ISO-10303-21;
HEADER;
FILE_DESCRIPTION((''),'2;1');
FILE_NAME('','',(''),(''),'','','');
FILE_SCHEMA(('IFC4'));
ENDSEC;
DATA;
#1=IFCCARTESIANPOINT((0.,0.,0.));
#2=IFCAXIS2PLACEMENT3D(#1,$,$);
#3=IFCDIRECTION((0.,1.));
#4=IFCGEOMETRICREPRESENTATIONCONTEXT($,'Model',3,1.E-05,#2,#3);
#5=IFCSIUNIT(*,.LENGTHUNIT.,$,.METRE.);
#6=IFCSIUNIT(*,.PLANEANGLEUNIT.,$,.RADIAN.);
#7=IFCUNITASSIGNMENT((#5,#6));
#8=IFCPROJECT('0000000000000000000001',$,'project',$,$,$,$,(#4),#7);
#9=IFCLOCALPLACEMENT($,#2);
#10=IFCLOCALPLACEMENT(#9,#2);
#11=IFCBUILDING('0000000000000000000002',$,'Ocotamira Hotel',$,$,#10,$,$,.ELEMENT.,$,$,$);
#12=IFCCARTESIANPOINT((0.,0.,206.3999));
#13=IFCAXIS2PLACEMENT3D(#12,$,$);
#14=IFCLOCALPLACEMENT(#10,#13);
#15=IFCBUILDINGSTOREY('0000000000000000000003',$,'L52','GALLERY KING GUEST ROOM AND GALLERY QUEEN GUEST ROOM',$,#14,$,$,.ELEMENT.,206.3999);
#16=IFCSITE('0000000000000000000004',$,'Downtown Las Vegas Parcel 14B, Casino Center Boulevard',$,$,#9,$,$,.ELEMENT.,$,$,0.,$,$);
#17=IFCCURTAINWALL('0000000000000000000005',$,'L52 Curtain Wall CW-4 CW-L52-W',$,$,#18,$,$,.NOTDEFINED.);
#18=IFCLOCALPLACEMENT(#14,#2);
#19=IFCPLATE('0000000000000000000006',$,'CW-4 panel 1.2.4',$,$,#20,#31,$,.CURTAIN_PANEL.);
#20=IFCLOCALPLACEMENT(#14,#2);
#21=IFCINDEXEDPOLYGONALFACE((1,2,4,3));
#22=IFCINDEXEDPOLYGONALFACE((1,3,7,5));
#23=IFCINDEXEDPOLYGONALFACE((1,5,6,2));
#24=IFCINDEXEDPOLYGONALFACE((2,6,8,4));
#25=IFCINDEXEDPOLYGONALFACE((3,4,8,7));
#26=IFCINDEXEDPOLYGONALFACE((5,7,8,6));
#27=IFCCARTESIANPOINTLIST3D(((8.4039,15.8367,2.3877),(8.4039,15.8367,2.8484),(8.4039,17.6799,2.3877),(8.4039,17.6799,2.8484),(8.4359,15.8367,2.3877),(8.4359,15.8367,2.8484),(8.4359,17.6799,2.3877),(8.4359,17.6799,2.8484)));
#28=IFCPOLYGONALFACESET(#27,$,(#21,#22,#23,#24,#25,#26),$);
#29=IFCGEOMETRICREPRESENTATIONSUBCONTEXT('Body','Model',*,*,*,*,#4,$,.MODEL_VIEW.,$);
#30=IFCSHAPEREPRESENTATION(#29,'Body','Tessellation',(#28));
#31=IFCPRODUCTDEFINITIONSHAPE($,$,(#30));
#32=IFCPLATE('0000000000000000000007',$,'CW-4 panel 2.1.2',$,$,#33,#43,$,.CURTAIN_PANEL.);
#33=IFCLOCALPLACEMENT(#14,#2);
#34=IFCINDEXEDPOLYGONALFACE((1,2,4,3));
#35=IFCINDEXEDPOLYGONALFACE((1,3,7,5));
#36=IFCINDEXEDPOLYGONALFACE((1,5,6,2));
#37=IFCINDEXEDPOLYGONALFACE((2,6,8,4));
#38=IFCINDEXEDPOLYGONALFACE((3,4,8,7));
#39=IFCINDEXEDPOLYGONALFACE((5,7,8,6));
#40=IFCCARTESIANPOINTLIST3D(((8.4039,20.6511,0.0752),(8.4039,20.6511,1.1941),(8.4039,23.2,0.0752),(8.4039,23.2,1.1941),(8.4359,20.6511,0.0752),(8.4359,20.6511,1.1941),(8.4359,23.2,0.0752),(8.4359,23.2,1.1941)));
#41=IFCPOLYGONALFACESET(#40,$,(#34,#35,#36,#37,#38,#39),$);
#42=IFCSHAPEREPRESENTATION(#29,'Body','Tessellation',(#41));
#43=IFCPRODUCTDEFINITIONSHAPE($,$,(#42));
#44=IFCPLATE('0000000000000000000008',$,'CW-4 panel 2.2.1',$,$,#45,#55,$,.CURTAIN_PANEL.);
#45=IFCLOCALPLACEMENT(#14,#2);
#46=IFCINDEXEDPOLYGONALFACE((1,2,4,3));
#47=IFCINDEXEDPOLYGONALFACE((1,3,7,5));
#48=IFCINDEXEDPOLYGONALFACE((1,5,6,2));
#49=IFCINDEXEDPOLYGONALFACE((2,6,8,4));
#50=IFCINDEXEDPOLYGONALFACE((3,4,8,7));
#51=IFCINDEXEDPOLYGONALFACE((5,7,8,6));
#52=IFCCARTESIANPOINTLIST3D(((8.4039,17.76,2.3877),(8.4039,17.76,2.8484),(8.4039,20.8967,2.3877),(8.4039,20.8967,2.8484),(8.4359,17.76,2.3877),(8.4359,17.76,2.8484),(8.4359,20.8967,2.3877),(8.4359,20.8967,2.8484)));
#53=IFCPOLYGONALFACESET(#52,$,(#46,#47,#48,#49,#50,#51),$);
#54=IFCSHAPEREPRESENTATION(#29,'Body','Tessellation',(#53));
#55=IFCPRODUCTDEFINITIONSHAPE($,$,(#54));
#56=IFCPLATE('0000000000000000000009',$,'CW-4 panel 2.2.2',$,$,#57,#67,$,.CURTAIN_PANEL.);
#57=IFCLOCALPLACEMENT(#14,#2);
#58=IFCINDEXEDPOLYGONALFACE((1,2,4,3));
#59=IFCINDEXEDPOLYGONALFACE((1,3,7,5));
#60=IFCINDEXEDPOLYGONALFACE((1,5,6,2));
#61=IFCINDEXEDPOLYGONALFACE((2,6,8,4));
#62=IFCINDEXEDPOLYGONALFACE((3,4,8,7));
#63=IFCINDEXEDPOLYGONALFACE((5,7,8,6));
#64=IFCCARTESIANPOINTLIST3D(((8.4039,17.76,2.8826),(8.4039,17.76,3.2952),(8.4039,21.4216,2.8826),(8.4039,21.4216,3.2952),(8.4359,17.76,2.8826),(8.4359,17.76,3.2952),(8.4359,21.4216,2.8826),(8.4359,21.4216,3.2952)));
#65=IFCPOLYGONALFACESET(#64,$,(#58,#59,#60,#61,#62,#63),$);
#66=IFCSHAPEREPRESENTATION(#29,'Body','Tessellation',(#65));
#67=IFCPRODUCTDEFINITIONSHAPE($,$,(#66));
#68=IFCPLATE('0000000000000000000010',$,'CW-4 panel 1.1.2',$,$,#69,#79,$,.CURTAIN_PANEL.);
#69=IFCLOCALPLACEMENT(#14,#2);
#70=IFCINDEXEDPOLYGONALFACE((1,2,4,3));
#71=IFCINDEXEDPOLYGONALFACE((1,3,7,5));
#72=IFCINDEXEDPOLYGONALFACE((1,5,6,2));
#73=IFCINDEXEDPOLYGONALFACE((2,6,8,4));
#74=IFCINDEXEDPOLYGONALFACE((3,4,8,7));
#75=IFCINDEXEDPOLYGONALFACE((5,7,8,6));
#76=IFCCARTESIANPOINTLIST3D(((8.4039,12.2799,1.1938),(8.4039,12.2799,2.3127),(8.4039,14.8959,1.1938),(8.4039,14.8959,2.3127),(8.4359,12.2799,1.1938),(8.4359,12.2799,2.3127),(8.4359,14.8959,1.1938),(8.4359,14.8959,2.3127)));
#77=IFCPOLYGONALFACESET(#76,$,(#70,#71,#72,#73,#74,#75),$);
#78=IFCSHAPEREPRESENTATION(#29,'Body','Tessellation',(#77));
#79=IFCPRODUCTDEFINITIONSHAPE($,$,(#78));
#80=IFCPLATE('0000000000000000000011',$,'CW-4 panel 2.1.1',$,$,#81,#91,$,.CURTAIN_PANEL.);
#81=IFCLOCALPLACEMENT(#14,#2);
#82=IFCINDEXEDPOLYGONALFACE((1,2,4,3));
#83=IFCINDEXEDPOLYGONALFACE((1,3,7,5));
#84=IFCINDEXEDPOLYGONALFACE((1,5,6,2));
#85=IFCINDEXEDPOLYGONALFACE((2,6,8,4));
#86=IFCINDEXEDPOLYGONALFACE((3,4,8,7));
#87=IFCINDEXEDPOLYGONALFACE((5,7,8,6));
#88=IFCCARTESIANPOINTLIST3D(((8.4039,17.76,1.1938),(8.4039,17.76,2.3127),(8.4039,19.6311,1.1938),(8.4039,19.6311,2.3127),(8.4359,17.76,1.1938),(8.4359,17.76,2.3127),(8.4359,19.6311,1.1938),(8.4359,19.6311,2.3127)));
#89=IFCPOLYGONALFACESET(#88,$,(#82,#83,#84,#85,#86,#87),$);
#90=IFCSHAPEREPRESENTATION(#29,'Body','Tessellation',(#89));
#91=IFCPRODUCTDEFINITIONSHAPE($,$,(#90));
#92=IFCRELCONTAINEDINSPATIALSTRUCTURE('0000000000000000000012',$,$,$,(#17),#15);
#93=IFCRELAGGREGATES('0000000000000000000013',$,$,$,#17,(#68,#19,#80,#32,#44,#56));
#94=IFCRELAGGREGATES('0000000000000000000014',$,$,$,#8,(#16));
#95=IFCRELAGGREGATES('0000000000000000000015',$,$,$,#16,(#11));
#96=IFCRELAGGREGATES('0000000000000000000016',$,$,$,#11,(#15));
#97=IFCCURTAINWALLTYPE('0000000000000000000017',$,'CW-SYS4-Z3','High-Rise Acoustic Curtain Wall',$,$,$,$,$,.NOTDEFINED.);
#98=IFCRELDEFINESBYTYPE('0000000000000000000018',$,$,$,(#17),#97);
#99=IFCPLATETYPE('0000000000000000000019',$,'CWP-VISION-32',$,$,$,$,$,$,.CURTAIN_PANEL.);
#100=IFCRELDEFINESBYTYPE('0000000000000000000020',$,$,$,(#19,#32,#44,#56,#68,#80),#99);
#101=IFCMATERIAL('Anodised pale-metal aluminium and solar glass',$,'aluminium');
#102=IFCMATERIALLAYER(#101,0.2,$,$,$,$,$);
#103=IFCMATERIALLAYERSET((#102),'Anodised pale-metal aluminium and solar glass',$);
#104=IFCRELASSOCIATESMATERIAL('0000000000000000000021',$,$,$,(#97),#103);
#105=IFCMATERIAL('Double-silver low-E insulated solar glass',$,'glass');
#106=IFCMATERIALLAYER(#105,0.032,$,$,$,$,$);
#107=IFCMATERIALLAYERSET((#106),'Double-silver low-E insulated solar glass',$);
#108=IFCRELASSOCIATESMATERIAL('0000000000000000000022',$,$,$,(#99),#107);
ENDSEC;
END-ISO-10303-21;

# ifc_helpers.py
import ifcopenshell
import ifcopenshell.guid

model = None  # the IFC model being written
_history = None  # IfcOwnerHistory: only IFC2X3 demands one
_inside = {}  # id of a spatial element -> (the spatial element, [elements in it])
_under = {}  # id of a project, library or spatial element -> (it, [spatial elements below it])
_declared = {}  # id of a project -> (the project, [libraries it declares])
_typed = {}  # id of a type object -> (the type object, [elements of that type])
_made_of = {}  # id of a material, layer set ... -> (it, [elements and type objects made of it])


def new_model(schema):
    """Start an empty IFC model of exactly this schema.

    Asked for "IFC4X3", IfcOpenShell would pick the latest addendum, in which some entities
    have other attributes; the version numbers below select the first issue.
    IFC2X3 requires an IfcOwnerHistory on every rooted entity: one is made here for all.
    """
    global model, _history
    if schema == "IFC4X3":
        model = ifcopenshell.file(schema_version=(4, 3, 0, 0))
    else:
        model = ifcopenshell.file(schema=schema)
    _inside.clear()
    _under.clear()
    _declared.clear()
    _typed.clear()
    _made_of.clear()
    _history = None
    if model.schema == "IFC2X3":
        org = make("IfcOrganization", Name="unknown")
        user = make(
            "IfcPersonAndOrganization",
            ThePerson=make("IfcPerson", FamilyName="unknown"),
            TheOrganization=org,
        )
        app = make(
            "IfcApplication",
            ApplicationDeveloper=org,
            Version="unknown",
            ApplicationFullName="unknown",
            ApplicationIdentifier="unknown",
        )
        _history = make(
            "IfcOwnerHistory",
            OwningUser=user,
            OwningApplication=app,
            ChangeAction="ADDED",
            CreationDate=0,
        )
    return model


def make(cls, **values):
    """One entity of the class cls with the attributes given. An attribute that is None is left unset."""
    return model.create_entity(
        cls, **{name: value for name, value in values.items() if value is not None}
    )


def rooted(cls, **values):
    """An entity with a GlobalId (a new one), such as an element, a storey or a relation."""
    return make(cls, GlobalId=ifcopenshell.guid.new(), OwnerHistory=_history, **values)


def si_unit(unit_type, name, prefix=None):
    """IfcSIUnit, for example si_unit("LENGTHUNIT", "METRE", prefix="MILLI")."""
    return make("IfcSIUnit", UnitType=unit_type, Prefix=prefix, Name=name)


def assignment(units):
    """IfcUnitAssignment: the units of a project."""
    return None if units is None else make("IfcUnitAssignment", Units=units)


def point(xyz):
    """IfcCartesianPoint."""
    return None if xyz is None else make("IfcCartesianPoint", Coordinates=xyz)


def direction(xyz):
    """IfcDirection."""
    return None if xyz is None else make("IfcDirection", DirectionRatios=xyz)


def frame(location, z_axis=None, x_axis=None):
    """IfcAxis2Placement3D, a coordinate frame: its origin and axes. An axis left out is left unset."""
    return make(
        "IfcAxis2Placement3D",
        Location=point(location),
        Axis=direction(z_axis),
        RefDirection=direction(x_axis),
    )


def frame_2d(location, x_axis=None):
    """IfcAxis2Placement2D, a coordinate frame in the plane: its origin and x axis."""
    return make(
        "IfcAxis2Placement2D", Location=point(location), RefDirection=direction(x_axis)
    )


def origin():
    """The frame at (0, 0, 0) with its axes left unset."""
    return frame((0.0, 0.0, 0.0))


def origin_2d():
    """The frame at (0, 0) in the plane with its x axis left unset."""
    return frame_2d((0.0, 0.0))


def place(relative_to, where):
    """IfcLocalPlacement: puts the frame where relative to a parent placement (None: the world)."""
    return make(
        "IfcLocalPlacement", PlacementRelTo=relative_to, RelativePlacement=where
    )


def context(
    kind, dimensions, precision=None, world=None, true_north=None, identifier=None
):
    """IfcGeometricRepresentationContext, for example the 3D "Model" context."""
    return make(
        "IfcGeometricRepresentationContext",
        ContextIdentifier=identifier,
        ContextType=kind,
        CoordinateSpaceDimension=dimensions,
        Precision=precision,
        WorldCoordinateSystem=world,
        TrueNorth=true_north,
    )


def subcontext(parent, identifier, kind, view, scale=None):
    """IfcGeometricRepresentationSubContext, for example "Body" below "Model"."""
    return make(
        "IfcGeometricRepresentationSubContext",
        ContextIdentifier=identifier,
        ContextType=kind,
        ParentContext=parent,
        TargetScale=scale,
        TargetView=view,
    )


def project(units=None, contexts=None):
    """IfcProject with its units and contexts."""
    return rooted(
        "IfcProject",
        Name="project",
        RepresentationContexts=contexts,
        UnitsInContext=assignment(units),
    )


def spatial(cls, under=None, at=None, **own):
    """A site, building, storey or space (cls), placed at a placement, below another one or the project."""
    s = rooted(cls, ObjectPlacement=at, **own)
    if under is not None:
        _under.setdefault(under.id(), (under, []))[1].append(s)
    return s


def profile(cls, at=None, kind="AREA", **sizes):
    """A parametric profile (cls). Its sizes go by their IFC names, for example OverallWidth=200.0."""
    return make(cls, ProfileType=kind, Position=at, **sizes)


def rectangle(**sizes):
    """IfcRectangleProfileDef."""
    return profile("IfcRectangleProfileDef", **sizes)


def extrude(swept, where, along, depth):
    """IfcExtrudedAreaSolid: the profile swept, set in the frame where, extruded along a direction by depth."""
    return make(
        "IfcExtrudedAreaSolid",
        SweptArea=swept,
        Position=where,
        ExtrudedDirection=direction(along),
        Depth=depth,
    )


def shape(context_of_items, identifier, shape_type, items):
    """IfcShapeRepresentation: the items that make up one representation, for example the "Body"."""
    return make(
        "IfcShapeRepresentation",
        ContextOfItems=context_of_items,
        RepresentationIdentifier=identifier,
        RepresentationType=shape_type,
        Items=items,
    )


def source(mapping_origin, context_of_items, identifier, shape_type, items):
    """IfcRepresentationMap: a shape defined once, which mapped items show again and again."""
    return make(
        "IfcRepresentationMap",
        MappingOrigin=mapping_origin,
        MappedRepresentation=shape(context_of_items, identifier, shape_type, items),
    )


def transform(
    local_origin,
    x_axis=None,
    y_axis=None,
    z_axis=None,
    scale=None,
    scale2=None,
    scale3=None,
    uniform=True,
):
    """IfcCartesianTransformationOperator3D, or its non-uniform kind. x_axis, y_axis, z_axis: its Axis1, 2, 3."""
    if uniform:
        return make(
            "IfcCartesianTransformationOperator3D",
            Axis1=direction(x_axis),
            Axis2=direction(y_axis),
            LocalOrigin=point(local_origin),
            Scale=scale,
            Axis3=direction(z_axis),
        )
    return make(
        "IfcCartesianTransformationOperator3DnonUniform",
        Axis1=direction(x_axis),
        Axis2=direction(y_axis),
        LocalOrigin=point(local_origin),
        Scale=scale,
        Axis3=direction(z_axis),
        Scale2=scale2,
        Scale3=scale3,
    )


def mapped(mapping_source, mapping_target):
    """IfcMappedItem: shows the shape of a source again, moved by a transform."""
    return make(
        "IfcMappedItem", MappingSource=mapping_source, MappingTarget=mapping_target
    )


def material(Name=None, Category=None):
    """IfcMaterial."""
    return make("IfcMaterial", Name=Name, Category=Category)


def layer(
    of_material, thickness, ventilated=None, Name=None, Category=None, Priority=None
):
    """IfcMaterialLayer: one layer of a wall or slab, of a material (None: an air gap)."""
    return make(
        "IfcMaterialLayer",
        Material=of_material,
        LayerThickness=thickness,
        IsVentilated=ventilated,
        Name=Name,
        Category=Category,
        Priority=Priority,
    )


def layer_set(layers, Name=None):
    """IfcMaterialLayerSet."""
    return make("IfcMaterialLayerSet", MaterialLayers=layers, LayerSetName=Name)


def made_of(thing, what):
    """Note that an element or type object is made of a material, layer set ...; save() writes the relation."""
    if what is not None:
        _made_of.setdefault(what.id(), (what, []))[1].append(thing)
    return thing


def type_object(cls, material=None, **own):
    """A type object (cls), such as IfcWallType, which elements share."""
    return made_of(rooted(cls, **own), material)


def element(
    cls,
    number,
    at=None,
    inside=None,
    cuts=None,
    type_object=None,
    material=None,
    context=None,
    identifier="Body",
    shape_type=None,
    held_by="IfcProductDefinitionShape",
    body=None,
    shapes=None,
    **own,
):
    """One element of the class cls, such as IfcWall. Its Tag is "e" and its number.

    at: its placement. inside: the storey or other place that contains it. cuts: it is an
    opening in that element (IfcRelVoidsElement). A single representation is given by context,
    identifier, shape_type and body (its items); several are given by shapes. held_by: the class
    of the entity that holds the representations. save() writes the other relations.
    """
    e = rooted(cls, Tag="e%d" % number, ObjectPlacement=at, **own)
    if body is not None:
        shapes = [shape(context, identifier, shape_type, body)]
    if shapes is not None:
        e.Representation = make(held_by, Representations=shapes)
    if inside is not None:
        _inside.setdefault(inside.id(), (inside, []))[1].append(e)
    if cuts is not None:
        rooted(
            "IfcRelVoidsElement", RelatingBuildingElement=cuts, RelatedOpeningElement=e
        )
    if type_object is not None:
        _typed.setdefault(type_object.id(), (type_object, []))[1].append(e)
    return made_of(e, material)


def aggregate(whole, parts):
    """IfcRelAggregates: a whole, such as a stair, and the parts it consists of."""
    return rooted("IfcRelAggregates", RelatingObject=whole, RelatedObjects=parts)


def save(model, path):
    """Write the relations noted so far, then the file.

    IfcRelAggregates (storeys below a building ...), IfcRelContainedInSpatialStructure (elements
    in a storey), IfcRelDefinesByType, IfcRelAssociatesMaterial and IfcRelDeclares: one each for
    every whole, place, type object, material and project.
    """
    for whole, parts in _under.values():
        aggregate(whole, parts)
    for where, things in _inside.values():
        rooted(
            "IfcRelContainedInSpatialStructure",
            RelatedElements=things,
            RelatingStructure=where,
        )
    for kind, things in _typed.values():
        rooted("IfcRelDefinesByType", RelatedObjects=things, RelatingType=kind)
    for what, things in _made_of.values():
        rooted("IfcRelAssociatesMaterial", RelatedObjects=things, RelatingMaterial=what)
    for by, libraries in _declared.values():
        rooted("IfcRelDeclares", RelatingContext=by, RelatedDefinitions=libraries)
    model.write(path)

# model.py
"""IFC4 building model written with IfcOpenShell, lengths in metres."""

from ifc_helpers import new_model, si_unit, direction, frame, origin, origin_2d, place, context, subcontext, project, spatial, rectangle, extrude, source, transform, mapped, material, layer, layer_set, type_object, element, aggregate, save


model = new_model("IFC4")

# Units and contexts
model_context = context("Model", 3, precision=1e-05, world=origin(), true_north=direction((0.0, 1.0)))
body_context = subcontext(model_context, "Body", "Model", "MODEL_VIEW")
ifc_project = project(units=[si_unit("LENGTHUNIT", "METRE"), si_unit("PLANEANGLEUNIT", "RADIAN")], contexts=[model_context])

# Site, building, storey
site_placement = place(None, origin())
site = spatial("IfcSite", under=ifc_project, at=site_placement, Name="Downtown Las Vegas Parcel 14B, Casino Center Boulevard", CompositionType="ELEMENT", RefElevation=0.0)
building_placement = place(site_placement, origin())
building = spatial("IfcBuilding", under=site, at=building_placement, Name="Ocotamira Hotel", CompositionType="ELEMENT")
storey_placement = place(building_placement, frame((0.0, 0.0, 206.3999)))
storey = spatial("IfcBuildingStorey", under=building, at=storey_placement, Name="L52", Description="GALLERY KING GUEST ROOM AND GALLERY QUEEN GUEST ROOM", CompositionType="ELEMENT", Elevation=206.3999)

# Curtain wall
ifc_material_1 = material(Name="Anodised pale-metal aluminium and solar glass", Category="aluminium")
ifc_layer_1 = layer(ifc_material_1, 0.2)
ifc_layer_set_1 = layer_set([ifc_layer_1], Name="Anodised pale-metal aluminium and solar glass")
curtain_wall_type = type_object("IfcCurtainWallType", Name="CW-SYS4-Z3", Description="High-Rise Acoustic Curtain Wall", PredefinedType="NOTDEFINED", material=ifc_layer_set_1)
curtain_wall_placement = place(storey_placement, origin())
curtain_wall = element("IfcCurtainWall", 1, at=curtain_wall_placement, inside=storey, type_object=curtain_wall_type, Name="L52 Curtain Wall CW-4 CW-L52-W", PredefinedType="NOTDEFINED")

# Plates
ifc_material_2 = material(Name="Double-silver low-E insulated solar glass", Category="glass")
ifc_layer_2 = layer(ifc_material_2, 0.032)
ifc_layer_set_2 = layer_set([ifc_layer_2], Name="Double-silver low-E insulated solar glass")
plate_type_1 = type_object("IfcPlateType", Name="CWP-VISION-32", PredefinedType="CURTAIN_PANEL", material=ifc_layer_set_2)
shared_shape_1 = source(origin(), body_context, "Body", "SweptSolid", [
    extrude(rectangle(XDim=1.8433, YDim=0.032, at=origin_2d()), origin(), (0.0, 0.0, 1.0), 0.4607),
])
plate_1_placement = place(storey_placement, frame((8.4199, 16.7583, 2.3877), z_axis=(0.0, 0.0, 1.0), x_axis=(0.0, 1.0, 0.0)))
plate_1 = element("IfcPlate", 2, at=plate_1_placement, type_object=plate_type_1, Name="CW-4 panel 1.2.4", PredefinedType="CURTAIN_PANEL", context=body_context, shape_type="MappedRepresentation", body=[
    mapped(shared_shape_1, transform((0.0, 0.0, 0.0), scale=1.0)),
])
shared_shape_2 = source(origin(), body_context, "Body", "SweptSolid", [
    extrude(rectangle(XDim=2.5488, YDim=0.032, at=origin_2d()), origin(), (0.0, 0.0, 1.0), 1.1189),
])
plate_2_placement = place(storey_placement, frame((8.4199, 21.9255, 0.0752), z_axis=(0.0, 0.0, 1.0), x_axis=(0.0, 1.0, 0.0)))
plate_2 = element("IfcPlate", 3, at=plate_2_placement, type_object=plate_type_1, Name="CW-4 panel 2.1.2", PredefinedType="CURTAIN_PANEL", context=body_context, shape_type="MappedRepresentation", body=[
    mapped(shared_shape_2, transform((0.0, 0.0, 0.0), scale=1.0)),
])
shared_shape_3 = source(origin(), body_context, "Body", "SweptSolid", [
    extrude(rectangle(XDim=3.1367, YDim=0.032, at=origin_2d()), origin(), (0.0, 0.0, 1.0), 0.4607),
])
plate_3_placement = place(storey_placement, frame((8.4199, 19.3284, 2.3877), z_axis=(0.0, 0.0, 1.0), x_axis=(0.0, 1.0, 0.0)))
plate_3 = element("IfcPlate", 4, at=plate_3_placement, type_object=plate_type_1, Name="CW-4 panel 2.2.1", PredefinedType="CURTAIN_PANEL", context=body_context, shape_type="MappedRepresentation", body=[
    mapped(shared_shape_3, transform((0.0, 0.0, 0.0), scale=1.0)),
])
shared_shape_4 = source(origin(), body_context, "Body", "SweptSolid", [
    extrude(rectangle(XDim=3.6616, YDim=0.032, at=origin_2d()), origin(), (0.0, 0.0, 1.0), 0.4126),
])
plate_4_placement = place(storey_placement, frame((8.4199, 19.5908, 2.8826), z_axis=(0.0, 0.0, 1.0), x_axis=(0.0, 1.0, 0.0)))
plate_4 = element("IfcPlate", 5, at=plate_4_placement, type_object=plate_type_1, Name="CW-4 panel 2.2.2", PredefinedType="CURTAIN_PANEL", context=body_context, shape_type="MappedRepresentation", body=[
    mapped(shared_shape_4, transform((0.0, 0.0, 0.0), scale=1.0)),
])
shared_shape_5 = source(origin(), body_context, "Body", "SweptSolid", [
    extrude(rectangle(XDim=2.616, YDim=0.032, at=origin_2d()), origin(), (0.0, 0.0, 1.0), 1.1189),
])
plate_5_placement = place(storey_placement, frame((8.4199, 13.5879, 1.1938), z_axis=(0.0, 0.0, 1.0), x_axis=(0.0, 1.0, 0.0)))
plate_5 = element("IfcPlate", 6, at=plate_5_placement, type_object=plate_type_1, Name="CW-4 panel 1.1.2", PredefinedType="CURTAIN_PANEL", context=body_context, shape_type="MappedRepresentation", body=[
    mapped(shared_shape_5, transform((0.0, 0.0, 0.0), scale=1.0)),
])
shared_shape_6 = source(origin(), body_context, "Body", "SweptSolid", [
    extrude(rectangle(XDim=1.8711, YDim=0.032, at=origin_2d()), origin(), (0.0, 0.0, 1.0), 1.1189),
])
plate_6_placement = place(storey_placement, frame((8.4199, 18.6956, 1.1938), z_axis=(0.0, 0.0, 1.0), x_axis=(0.0, 1.0, 0.0)))
plate_6 = element("IfcPlate", 7, at=plate_6_placement, type_object=plate_type_1, Name="CW-4 panel 2.1.1", PredefinedType="CURTAIN_PANEL", context=body_context, shape_type="MappedRepresentation", body=[
    mapped(shared_shape_6, transform((0.0, 0.0, 0.0), scale=1.0)),
])
aggregate(curtain_wall, [plate_5, plate_1, plate_6, plate_2, plate_3, plate_4])

save(model, "model.ifc")
